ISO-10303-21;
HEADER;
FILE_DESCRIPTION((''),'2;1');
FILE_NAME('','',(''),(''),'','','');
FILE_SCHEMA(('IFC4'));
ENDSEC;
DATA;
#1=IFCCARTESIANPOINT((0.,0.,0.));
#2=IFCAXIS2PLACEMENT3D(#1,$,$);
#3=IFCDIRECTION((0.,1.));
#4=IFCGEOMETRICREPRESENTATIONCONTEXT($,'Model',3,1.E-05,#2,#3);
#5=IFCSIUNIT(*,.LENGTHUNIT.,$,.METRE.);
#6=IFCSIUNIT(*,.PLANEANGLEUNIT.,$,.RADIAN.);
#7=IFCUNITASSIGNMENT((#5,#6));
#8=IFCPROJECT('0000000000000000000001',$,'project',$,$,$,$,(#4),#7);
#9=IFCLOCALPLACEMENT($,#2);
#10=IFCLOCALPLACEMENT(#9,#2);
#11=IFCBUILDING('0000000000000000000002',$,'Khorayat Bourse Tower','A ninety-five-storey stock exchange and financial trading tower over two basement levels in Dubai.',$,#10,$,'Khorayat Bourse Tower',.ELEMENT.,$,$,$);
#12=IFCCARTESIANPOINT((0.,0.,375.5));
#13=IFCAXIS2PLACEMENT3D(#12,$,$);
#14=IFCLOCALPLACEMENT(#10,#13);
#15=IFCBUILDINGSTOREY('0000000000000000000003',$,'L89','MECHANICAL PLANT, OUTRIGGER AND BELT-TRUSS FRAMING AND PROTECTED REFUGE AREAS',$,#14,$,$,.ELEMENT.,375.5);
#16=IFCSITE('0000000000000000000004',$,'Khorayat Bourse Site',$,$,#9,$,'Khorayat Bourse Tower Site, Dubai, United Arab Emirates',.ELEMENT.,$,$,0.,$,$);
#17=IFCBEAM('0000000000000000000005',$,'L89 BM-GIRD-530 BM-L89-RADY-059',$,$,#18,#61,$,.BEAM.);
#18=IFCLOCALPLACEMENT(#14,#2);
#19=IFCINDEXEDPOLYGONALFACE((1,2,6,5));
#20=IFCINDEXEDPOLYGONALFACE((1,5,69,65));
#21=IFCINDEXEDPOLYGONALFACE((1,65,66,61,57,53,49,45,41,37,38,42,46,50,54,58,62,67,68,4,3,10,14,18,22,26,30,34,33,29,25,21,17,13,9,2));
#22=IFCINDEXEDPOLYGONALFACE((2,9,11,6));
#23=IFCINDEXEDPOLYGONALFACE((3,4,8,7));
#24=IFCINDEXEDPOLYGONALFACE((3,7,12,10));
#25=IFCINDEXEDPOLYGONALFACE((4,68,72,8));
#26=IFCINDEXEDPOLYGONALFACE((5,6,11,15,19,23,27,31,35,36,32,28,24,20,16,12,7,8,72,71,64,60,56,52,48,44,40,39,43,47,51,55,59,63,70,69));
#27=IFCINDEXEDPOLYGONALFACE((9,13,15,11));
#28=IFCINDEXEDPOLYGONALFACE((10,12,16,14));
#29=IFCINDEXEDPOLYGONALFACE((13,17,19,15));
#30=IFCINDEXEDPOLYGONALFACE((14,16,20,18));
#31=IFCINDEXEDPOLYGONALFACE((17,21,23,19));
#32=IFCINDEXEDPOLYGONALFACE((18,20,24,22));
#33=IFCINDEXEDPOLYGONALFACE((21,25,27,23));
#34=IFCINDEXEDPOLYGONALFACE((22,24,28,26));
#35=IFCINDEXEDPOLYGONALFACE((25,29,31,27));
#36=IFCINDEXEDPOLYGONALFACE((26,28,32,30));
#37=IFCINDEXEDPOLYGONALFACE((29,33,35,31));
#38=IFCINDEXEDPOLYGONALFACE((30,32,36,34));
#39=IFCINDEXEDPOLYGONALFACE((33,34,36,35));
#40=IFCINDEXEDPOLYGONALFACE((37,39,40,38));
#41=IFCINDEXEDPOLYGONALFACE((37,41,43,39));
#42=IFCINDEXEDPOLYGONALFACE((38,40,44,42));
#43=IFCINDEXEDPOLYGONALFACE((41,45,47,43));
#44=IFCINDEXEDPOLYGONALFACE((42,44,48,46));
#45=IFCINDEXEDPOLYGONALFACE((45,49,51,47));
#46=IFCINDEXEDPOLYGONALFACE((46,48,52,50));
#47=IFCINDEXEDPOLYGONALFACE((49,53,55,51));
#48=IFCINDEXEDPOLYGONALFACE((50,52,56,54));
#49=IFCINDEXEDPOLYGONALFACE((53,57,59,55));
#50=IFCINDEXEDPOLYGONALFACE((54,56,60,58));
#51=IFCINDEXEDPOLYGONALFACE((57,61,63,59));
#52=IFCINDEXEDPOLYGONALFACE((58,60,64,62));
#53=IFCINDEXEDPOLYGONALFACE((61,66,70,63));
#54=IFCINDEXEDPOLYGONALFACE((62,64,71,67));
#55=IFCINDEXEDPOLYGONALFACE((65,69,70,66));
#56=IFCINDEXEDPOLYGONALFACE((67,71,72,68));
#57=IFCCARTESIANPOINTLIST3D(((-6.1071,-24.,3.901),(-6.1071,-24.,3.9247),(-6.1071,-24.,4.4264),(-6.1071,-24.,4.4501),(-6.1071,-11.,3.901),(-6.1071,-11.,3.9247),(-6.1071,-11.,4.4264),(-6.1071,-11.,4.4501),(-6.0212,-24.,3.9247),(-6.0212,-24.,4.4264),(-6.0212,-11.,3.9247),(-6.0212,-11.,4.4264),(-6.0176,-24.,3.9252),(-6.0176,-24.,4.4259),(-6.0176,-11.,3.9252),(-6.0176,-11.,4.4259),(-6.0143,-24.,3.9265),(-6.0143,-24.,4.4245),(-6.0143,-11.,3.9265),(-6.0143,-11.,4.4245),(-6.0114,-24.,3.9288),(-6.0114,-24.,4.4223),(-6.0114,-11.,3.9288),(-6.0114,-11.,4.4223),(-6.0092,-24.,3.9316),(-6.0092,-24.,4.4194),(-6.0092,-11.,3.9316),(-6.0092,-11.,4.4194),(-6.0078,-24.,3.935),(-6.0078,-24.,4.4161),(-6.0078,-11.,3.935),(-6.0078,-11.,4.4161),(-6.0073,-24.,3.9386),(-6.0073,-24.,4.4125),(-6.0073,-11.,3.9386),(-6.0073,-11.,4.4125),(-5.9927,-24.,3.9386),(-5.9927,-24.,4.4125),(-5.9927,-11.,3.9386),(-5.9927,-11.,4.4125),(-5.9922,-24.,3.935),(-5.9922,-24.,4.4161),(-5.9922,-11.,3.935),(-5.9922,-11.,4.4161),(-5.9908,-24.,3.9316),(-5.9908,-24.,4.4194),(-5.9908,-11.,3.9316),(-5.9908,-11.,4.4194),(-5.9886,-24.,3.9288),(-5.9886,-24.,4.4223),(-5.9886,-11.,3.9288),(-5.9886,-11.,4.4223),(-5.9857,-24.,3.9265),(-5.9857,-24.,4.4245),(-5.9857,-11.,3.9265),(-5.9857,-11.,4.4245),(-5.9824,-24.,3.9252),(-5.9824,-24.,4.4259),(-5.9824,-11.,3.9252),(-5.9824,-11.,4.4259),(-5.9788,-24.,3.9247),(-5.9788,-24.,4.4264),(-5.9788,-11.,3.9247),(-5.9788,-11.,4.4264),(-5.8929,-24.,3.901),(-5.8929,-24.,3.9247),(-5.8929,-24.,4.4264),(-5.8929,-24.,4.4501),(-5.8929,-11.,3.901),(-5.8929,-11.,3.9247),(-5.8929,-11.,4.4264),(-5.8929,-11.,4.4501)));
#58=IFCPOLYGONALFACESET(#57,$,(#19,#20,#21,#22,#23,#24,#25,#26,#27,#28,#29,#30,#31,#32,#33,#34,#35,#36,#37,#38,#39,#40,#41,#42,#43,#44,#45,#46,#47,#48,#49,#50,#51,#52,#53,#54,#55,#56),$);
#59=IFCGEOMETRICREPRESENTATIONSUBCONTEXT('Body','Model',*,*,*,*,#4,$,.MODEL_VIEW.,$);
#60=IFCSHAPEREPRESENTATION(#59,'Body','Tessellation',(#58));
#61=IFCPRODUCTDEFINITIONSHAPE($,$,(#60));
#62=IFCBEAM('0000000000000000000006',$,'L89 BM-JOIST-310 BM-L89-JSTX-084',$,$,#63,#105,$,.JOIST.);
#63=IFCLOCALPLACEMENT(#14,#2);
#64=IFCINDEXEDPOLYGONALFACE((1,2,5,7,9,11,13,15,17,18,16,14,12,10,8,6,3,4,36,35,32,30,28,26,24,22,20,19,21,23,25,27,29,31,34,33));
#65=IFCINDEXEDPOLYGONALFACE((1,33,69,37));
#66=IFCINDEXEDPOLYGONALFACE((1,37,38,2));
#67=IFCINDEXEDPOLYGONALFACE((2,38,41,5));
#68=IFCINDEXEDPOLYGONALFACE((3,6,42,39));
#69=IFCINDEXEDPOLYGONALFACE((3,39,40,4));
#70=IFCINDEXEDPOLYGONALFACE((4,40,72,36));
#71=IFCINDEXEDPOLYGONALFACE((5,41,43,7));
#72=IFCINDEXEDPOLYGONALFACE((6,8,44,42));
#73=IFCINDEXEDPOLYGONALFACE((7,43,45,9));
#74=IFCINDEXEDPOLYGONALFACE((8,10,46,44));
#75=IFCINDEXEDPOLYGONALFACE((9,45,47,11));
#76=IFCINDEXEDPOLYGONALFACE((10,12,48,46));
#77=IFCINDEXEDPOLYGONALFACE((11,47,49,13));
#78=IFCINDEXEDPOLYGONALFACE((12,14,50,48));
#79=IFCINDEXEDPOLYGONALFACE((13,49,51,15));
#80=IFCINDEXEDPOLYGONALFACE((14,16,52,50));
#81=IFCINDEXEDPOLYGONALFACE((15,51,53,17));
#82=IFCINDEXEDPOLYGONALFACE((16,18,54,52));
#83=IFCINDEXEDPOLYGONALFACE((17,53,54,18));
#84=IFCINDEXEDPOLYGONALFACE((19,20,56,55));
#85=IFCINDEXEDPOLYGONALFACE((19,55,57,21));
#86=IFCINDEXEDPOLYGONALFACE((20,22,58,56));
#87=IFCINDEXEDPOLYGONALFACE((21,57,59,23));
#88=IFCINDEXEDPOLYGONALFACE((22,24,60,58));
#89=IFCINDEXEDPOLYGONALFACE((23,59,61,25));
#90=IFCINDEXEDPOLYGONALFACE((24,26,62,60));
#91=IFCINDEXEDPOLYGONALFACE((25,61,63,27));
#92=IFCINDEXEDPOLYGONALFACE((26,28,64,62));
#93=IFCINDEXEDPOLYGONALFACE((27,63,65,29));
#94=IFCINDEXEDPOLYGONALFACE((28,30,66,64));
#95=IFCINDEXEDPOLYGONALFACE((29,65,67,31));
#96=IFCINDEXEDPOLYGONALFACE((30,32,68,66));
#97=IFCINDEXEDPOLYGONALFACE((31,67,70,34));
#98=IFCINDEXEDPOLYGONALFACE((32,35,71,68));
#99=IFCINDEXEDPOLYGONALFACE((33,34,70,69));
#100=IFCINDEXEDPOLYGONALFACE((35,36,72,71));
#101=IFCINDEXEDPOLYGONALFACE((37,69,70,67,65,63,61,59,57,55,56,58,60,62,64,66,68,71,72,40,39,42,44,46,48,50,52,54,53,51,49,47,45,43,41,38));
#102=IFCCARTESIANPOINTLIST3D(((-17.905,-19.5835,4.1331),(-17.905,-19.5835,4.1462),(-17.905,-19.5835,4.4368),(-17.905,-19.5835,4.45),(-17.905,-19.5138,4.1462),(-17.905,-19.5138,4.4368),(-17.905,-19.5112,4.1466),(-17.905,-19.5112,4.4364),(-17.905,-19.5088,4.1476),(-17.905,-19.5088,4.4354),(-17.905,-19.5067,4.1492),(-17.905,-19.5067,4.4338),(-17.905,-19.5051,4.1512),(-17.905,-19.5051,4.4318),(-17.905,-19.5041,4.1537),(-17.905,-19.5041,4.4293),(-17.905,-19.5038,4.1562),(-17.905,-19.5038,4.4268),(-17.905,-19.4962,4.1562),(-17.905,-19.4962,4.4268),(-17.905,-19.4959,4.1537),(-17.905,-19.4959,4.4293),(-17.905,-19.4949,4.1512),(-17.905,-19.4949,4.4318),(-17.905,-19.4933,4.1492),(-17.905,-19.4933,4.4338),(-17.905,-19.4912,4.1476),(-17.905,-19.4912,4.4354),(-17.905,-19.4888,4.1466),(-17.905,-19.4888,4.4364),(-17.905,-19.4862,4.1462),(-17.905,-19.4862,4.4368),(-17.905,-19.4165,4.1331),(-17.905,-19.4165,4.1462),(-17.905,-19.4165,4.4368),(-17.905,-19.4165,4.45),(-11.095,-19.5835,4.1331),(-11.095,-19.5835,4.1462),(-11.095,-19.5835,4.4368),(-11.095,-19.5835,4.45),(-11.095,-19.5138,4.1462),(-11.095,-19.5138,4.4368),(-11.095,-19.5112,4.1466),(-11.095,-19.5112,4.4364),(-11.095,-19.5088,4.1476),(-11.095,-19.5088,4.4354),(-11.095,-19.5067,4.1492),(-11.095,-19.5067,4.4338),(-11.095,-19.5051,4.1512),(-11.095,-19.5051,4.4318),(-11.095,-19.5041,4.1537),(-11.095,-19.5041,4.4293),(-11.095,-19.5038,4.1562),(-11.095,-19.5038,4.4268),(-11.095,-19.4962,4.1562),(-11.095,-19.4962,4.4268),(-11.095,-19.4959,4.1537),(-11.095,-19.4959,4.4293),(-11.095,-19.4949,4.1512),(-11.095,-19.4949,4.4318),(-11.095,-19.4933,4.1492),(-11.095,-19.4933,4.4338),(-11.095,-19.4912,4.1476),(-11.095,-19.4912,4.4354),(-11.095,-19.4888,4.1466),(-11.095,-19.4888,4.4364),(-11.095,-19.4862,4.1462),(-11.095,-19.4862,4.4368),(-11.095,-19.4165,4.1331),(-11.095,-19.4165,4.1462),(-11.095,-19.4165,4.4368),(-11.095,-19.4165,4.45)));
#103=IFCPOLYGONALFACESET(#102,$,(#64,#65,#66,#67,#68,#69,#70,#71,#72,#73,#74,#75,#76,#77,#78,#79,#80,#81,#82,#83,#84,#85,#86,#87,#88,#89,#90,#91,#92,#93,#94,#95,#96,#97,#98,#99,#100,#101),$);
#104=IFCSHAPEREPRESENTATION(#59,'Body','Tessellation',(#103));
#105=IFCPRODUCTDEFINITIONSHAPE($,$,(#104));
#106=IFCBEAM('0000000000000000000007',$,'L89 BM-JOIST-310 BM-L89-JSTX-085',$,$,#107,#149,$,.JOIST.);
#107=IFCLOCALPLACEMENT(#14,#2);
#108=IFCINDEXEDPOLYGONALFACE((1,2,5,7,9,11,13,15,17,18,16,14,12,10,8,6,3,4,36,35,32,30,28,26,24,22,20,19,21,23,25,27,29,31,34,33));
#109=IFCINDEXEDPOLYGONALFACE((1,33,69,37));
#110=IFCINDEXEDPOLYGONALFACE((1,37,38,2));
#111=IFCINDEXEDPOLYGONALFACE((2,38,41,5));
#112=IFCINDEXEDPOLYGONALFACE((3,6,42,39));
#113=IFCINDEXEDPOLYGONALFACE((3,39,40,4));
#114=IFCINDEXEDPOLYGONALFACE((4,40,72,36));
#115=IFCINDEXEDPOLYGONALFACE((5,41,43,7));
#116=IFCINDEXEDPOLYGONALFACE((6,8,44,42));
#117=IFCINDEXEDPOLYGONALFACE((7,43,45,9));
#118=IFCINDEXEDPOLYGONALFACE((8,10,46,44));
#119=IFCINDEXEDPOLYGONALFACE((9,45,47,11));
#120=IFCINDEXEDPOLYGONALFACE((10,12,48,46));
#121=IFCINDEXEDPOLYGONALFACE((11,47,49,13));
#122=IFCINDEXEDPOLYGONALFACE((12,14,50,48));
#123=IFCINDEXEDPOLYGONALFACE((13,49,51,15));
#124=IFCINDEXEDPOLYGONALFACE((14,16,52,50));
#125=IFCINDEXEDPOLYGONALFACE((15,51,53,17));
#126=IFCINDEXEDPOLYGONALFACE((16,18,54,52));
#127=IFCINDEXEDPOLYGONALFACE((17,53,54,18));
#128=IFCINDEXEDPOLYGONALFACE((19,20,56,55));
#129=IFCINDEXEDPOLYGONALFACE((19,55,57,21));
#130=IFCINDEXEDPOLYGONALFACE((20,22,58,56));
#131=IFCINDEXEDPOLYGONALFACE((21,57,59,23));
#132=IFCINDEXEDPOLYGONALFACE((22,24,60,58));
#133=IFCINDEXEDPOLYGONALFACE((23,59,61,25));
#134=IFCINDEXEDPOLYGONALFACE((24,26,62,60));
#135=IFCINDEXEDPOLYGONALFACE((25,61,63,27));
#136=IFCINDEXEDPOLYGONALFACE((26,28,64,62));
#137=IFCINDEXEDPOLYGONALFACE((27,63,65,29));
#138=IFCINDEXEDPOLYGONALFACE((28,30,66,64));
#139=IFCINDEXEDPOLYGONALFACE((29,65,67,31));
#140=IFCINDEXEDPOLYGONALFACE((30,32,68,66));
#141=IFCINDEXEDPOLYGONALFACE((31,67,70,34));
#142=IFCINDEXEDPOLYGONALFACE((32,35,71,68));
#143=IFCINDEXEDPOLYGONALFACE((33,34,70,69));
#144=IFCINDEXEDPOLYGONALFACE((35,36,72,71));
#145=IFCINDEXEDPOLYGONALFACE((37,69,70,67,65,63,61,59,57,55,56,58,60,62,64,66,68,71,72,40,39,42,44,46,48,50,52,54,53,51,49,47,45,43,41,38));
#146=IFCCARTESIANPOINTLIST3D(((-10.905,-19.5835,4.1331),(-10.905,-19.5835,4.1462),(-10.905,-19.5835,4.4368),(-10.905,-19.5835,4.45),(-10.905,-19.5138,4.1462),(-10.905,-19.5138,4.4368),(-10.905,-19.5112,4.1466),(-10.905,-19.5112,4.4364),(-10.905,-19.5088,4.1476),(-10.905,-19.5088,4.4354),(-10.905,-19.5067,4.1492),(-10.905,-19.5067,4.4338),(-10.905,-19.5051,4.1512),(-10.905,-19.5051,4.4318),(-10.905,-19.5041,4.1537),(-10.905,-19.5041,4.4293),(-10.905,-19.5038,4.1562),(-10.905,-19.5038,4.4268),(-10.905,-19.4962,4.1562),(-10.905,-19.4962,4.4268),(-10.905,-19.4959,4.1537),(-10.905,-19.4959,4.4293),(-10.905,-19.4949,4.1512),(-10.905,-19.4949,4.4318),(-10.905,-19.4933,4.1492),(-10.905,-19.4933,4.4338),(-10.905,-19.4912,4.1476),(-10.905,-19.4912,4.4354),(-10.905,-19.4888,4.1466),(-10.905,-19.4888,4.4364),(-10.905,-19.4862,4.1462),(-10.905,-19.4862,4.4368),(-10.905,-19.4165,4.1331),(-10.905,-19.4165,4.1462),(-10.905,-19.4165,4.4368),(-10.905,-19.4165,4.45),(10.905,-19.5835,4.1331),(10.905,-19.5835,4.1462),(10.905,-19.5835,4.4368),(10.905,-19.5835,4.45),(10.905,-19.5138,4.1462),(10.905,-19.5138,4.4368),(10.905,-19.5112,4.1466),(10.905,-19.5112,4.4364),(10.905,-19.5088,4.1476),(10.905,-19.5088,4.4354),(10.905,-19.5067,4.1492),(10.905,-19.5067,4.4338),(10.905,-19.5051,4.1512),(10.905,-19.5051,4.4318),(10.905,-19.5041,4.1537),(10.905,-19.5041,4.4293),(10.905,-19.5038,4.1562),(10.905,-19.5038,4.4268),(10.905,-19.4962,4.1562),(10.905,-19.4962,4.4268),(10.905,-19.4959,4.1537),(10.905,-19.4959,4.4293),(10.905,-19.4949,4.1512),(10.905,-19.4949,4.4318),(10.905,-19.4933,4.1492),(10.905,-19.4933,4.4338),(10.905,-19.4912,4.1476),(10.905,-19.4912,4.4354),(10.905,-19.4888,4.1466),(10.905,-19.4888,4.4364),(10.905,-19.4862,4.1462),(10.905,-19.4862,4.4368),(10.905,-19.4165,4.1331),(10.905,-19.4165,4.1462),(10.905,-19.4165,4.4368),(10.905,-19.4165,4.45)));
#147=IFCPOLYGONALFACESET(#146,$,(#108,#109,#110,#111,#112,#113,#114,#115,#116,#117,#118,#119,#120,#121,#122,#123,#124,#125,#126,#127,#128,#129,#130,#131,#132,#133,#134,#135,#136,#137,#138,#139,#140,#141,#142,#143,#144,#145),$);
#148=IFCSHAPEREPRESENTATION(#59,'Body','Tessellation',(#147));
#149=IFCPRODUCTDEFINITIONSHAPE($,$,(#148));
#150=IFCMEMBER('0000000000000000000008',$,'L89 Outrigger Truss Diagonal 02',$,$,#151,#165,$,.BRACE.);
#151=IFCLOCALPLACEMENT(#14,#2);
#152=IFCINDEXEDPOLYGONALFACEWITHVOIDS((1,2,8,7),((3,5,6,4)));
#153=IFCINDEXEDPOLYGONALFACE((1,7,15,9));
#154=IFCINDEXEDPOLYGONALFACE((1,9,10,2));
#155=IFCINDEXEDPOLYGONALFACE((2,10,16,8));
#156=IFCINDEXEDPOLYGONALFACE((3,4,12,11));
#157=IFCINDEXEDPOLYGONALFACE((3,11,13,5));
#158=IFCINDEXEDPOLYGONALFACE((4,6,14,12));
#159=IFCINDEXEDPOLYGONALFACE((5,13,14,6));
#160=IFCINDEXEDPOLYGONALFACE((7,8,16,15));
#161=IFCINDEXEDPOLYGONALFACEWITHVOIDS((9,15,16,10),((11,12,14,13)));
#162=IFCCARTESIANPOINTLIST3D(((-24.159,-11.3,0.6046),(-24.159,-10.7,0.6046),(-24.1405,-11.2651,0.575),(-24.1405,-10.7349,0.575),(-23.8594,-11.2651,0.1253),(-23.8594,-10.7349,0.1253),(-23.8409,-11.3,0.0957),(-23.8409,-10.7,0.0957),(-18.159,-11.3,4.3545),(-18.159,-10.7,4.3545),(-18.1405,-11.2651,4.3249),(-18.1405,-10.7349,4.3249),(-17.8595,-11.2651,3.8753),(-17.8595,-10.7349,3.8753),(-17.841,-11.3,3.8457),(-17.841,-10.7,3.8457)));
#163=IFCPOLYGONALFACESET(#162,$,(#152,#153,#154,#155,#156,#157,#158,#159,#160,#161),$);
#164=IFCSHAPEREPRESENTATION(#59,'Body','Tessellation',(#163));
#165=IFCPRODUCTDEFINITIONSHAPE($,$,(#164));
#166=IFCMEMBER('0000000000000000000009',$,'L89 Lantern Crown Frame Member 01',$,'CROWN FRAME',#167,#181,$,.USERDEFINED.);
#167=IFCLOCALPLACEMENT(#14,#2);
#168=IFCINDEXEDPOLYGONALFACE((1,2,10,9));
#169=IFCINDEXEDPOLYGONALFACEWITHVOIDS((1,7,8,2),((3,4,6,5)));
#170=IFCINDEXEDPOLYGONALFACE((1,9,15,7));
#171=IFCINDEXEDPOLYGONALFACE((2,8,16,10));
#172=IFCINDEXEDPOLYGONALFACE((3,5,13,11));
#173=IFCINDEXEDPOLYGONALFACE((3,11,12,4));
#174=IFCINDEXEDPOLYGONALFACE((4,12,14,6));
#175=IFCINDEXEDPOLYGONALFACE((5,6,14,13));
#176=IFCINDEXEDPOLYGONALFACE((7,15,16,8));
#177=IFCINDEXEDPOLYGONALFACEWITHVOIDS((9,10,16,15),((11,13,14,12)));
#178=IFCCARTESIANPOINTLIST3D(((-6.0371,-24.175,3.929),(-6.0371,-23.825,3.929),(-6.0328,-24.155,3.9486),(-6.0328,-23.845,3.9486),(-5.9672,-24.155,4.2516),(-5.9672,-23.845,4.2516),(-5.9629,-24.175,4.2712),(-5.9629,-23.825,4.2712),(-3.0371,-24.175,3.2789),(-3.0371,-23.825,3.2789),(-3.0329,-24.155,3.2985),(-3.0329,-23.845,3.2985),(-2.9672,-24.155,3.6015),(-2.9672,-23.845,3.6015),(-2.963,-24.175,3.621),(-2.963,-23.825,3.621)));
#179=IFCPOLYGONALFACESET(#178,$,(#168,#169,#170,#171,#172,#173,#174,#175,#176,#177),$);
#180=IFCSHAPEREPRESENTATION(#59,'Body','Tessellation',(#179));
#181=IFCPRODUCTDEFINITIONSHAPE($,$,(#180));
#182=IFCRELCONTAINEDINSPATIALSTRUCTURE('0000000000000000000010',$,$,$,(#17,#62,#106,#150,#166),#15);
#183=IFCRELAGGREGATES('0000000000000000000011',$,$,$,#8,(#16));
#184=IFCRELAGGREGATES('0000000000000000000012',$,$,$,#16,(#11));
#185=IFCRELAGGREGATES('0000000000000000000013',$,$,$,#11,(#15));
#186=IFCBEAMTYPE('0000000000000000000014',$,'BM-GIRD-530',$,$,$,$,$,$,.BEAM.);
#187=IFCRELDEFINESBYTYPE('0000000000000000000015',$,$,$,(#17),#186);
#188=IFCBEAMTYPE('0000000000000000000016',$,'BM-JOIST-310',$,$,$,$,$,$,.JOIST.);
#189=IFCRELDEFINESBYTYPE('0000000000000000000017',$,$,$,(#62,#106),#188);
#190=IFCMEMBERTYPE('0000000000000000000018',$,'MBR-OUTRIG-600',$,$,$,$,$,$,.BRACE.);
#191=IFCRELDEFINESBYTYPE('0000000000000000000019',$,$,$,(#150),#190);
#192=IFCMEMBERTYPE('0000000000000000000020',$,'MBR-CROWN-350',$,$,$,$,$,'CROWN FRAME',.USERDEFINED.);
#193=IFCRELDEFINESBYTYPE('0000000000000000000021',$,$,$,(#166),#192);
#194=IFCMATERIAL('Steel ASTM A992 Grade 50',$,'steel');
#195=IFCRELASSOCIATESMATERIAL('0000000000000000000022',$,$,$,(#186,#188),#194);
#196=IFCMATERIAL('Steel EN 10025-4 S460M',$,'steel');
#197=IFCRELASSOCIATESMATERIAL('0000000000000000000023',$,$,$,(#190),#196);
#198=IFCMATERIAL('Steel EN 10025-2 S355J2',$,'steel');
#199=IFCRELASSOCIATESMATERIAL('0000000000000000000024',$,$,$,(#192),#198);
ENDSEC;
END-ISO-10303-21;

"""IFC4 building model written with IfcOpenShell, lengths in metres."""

from ifc_helpers import new_model, si_unit, direction, frame, origin, origin_2d, place, context, subcontext, project, spatial, hollow_rectangle, i_section, extrude, source, transform, mapped, material, material_profile, profile_set, type_object, element, save


model = new_model("IFC4")

# Units and contexts
model_context = context("Model", 3, precision=1e-05, world=origin(), true_north=direction((0.0, 1.0)))
body_context = subcontext(model_context, "Body", "Model", "MODEL_VIEW")
ifc_project = project(units=[si_unit("LENGTHUNIT", "METRE"), si_unit("PLANEANGLEUNIT", "RADIAN")], contexts=[model_context])

# Site, building, storey
site_placement = place(None, origin())
site = spatial("IfcSite", under=ifc_project, at=site_placement, Name="Khorayat Bourse Site", LongName="Khorayat Bourse Tower Site, Dubai, United Arab Emirates", CompositionType="ELEMENT", RefElevation=0.0)
building_placement = place(site_placement, origin())
building = spatial("IfcBuilding", under=site, at=building_placement, Name="Khorayat Bourse Tower", Description="A ninety-five-storey stock exchange and financial trading tower over two basement levels in Dubai.", LongName="Khorayat Bourse Tower", CompositionType="ELEMENT")
storey_placement = place(building_placement, frame((0.0, 0.0, 375.5)))
storey = spatial("IfcBuildingStorey", under=building, at=storey_placement, Name="L89", Description="MECHANICAL PLANT, OUTRIGGER AND BELT-TRUSS FRAMING AND PROTECTED REFUGE AREAS", CompositionType="ELEMENT", Elevation=375.5)

# Shared definitions
ifc_material_1 = material(Name="Steel EN 10025-2 S355J2", Category="steel")

# Beams
ifc_material_2 = material(Name="Steel ASTM A992 Grade 50", Category="steel")
ifc_material_profile_1 = material_profile(ifc_material_2, i_section(OverallWidth=0.2141, OverallDepth=0.5491, WebThickness=0.0146, FlangeThickness=0.0237, FilletRadius=0.0139, at=origin_2d()), Name="W530X138")
ifc_profile_set_1 = profile_set([ifc_material_profile_1], Name="Steel ASTM A992 Grade 50")
beam_type_1 = type_object("IfcBeamType", Name="BM-GIRD-530", PredefinedType="BEAM", material=ifc_profile_set_1)
shared_shape_1 = source(origin(), body_context, "Body", "SweptSolid", [
    extrude(i_section(OverallWidth=0.2141, OverallDepth=0.5491, WebThickness=0.0146, FlangeThickness=0.0237, FilletRadius=0.0139, at=origin_2d()), origin(), (0.0, 0.0, 1.0), 13.0),
])
for number, where, z_axis, x_axis, name in (
    (1, (-6.0, -24.0, 4.1755), (0.0, 1.0, 0.0), (-1.0, 0.0, 0.0), "L89 BM-GIRD-530 BM-L89-RADY-059"),
):
    element("IfcBeam", number, at=place(storey_placement, frame(where, z_axis=z_axis, x_axis=x_axis)), inside=storey, type_object=beam_type_1, Name=name, PredefinedType="BEAM", context=body_context, shape_type="MappedRepresentation", body=[
        mapped(shared_shape_1, transform((0.0, 0.0, 0.0), scale=1.0)),
    ])
ifc_material_profile_2 = material_profile(ifc_material_2, i_section(OverallWidth=0.167, OverallDepth=0.3169, WebThickness=0.0076, FlangeThickness=0.0132, FilletRadius=0.01, at=origin_2d()), Name="W310X52")
ifc_profile_set_2 = profile_set([ifc_material_profile_2], Name="Steel ASTM A992 Grade 50")
beam_type_2 = type_object("IfcBeamType", Name="BM-JOIST-310", PredefinedType="JOIST", material=ifc_profile_set_2)
shared_shape_2 = source(origin(), body_context, "Body", "SweptSolid", [
    extrude(i_section(OverallWidth=0.167, OverallDepth=0.3169, WebThickness=0.0076, FlangeThickness=0.0132, FilletRadius=0.01, at=origin_2d()), origin(), (0.0, 0.0, 1.0), 6.8101),
])
beam_1_placement = place(storey_placement, frame((-17.905, -19.5, 4.2915), z_axis=(1.0, 0.0, 0.0), x_axis=(0.0, 1.0, 0.0)))
element("IfcBeam", 2, at=beam_1_placement, inside=storey, type_object=beam_type_2, Name="L89 BM-JOIST-310 BM-L89-JSTX-084", PredefinedType="JOIST", context=body_context, shape_type="MappedRepresentation", body=[
    mapped(shared_shape_2, transform((0.0, 0.0, 0.0), scale=1.0)),
])
shared_shape_3 = source(origin(), body_context, "Body", "SweptSolid", [
    extrude(i_section(OverallWidth=0.167, OverallDepth=0.3169, WebThickness=0.0076, FlangeThickness=0.0132, FilletRadius=0.01, at=origin_2d()), origin(), (0.0, 0.0, 1.0), 21.8101),
])
beam_2_placement = place(storey_placement, frame((-10.905, -19.5, 4.2915), z_axis=(1.0, 0.0, 0.0), x_axis=(0.0, 1.0, 0.0)))
element("IfcBeam", 3, at=beam_2_placement, inside=storey, type_object=beam_type_2, Name="L89 BM-JOIST-310 BM-L89-JSTX-085", PredefinedType="JOIST", context=body_context, shape_type="MappedRepresentation", body=[
    mapped(shared_shape_3, transform((0.0, 0.0, 0.0), scale=1.0)),
])

# Members
ifc_material_3 = material(Name="Steel EN 10025-4 S460M", Category="steel")
ifc_material_profile_3 = material_profile(ifc_material_3, hollow_rectangle(XDim=0.6001, YDim=0.6001, WallThickness=0.0349, at=origin_2d()), Name="BOX 600x600x35")
ifc_profile_set_3 = profile_set([ifc_material_profile_3], Name="Steel EN 10025-4 S460M")
member_type_1 = type_object("IfcMemberType", Name="MBR-OUTRIG-600", PredefinedType="BRACE", material=ifc_profile_set_3)
shared_shape_4 = source(origin(), body_context, "Body", "SweptSolid", [
    extrude(hollow_rectangle(XDim=0.6001, YDim=0.6001, WallThickness=0.0349, at=origin_2d()), origin(), (0.0, 0.0, 1.0), 7.0754),
])
member_1_placement = place(storey_placement, frame((-18.0, -11.0, 4.1001), z_axis=(-0.847998, 0.0, -0.529999), x_axis=(0.0, -1.0, 0.0)))
element("IfcMember", 4, at=member_1_placement, inside=storey, type_object=member_type_1, Name="L89 Outrigger Truss Diagonal 02", PredefinedType="BRACE", context=body_context, shape_type="MappedRepresentation", body=[
    mapped(shared_shape_4, transform((0.0, 0.0, 0.0), scale=1.0)),
])
ifc_material_profile_4 = material_profile(ifc_material_1, hollow_rectangle(XDim=0.3501, YDim=0.3501, WallThickness=0.02, at=origin_2d()), Name="HSS 350x350x20")
ifc_profile_set_4 = profile_set([ifc_material_profile_4], Name="Steel EN 10025-2 S355J2")
member_type_2 = type_object("IfcMemberType", Name="MBR-CROWN-350", ElementType="CROWN FRAME", PredefinedType="USERDEFINED", material=ifc_profile_set_4)
shared_shape_5 = source(origin(), body_context, "Body", "SweptSolid", [
    extrude(hollow_rectangle(XDim=0.3501, YDim=0.3501, WallThickness=0.02, at=origin_2d()), origin(), (0.0, 0.0, 1.0), 3.0696),
])
member_2_placement = place(storey_placement, frame((-6.0, -24.0, 4.1001), z_axis=(0.977313, 0.0, -0.211799), x_axis=(0.0, 1.0, 0.0)))
element("IfcMember", 5, at=member_2_placement, inside=storey, type_object=member_type_2, Name="L89 Lantern Crown Frame Member 01", ObjectType="CROWN FRAME", PredefinedType="USERDEFINED", context=body_context, shape_type="MappedRepresentation", body=[
    mapped(shared_shape_5, transform((0.0, 0.0, 0.0), scale=1.0)),
])

save(model, "model.ifc")
